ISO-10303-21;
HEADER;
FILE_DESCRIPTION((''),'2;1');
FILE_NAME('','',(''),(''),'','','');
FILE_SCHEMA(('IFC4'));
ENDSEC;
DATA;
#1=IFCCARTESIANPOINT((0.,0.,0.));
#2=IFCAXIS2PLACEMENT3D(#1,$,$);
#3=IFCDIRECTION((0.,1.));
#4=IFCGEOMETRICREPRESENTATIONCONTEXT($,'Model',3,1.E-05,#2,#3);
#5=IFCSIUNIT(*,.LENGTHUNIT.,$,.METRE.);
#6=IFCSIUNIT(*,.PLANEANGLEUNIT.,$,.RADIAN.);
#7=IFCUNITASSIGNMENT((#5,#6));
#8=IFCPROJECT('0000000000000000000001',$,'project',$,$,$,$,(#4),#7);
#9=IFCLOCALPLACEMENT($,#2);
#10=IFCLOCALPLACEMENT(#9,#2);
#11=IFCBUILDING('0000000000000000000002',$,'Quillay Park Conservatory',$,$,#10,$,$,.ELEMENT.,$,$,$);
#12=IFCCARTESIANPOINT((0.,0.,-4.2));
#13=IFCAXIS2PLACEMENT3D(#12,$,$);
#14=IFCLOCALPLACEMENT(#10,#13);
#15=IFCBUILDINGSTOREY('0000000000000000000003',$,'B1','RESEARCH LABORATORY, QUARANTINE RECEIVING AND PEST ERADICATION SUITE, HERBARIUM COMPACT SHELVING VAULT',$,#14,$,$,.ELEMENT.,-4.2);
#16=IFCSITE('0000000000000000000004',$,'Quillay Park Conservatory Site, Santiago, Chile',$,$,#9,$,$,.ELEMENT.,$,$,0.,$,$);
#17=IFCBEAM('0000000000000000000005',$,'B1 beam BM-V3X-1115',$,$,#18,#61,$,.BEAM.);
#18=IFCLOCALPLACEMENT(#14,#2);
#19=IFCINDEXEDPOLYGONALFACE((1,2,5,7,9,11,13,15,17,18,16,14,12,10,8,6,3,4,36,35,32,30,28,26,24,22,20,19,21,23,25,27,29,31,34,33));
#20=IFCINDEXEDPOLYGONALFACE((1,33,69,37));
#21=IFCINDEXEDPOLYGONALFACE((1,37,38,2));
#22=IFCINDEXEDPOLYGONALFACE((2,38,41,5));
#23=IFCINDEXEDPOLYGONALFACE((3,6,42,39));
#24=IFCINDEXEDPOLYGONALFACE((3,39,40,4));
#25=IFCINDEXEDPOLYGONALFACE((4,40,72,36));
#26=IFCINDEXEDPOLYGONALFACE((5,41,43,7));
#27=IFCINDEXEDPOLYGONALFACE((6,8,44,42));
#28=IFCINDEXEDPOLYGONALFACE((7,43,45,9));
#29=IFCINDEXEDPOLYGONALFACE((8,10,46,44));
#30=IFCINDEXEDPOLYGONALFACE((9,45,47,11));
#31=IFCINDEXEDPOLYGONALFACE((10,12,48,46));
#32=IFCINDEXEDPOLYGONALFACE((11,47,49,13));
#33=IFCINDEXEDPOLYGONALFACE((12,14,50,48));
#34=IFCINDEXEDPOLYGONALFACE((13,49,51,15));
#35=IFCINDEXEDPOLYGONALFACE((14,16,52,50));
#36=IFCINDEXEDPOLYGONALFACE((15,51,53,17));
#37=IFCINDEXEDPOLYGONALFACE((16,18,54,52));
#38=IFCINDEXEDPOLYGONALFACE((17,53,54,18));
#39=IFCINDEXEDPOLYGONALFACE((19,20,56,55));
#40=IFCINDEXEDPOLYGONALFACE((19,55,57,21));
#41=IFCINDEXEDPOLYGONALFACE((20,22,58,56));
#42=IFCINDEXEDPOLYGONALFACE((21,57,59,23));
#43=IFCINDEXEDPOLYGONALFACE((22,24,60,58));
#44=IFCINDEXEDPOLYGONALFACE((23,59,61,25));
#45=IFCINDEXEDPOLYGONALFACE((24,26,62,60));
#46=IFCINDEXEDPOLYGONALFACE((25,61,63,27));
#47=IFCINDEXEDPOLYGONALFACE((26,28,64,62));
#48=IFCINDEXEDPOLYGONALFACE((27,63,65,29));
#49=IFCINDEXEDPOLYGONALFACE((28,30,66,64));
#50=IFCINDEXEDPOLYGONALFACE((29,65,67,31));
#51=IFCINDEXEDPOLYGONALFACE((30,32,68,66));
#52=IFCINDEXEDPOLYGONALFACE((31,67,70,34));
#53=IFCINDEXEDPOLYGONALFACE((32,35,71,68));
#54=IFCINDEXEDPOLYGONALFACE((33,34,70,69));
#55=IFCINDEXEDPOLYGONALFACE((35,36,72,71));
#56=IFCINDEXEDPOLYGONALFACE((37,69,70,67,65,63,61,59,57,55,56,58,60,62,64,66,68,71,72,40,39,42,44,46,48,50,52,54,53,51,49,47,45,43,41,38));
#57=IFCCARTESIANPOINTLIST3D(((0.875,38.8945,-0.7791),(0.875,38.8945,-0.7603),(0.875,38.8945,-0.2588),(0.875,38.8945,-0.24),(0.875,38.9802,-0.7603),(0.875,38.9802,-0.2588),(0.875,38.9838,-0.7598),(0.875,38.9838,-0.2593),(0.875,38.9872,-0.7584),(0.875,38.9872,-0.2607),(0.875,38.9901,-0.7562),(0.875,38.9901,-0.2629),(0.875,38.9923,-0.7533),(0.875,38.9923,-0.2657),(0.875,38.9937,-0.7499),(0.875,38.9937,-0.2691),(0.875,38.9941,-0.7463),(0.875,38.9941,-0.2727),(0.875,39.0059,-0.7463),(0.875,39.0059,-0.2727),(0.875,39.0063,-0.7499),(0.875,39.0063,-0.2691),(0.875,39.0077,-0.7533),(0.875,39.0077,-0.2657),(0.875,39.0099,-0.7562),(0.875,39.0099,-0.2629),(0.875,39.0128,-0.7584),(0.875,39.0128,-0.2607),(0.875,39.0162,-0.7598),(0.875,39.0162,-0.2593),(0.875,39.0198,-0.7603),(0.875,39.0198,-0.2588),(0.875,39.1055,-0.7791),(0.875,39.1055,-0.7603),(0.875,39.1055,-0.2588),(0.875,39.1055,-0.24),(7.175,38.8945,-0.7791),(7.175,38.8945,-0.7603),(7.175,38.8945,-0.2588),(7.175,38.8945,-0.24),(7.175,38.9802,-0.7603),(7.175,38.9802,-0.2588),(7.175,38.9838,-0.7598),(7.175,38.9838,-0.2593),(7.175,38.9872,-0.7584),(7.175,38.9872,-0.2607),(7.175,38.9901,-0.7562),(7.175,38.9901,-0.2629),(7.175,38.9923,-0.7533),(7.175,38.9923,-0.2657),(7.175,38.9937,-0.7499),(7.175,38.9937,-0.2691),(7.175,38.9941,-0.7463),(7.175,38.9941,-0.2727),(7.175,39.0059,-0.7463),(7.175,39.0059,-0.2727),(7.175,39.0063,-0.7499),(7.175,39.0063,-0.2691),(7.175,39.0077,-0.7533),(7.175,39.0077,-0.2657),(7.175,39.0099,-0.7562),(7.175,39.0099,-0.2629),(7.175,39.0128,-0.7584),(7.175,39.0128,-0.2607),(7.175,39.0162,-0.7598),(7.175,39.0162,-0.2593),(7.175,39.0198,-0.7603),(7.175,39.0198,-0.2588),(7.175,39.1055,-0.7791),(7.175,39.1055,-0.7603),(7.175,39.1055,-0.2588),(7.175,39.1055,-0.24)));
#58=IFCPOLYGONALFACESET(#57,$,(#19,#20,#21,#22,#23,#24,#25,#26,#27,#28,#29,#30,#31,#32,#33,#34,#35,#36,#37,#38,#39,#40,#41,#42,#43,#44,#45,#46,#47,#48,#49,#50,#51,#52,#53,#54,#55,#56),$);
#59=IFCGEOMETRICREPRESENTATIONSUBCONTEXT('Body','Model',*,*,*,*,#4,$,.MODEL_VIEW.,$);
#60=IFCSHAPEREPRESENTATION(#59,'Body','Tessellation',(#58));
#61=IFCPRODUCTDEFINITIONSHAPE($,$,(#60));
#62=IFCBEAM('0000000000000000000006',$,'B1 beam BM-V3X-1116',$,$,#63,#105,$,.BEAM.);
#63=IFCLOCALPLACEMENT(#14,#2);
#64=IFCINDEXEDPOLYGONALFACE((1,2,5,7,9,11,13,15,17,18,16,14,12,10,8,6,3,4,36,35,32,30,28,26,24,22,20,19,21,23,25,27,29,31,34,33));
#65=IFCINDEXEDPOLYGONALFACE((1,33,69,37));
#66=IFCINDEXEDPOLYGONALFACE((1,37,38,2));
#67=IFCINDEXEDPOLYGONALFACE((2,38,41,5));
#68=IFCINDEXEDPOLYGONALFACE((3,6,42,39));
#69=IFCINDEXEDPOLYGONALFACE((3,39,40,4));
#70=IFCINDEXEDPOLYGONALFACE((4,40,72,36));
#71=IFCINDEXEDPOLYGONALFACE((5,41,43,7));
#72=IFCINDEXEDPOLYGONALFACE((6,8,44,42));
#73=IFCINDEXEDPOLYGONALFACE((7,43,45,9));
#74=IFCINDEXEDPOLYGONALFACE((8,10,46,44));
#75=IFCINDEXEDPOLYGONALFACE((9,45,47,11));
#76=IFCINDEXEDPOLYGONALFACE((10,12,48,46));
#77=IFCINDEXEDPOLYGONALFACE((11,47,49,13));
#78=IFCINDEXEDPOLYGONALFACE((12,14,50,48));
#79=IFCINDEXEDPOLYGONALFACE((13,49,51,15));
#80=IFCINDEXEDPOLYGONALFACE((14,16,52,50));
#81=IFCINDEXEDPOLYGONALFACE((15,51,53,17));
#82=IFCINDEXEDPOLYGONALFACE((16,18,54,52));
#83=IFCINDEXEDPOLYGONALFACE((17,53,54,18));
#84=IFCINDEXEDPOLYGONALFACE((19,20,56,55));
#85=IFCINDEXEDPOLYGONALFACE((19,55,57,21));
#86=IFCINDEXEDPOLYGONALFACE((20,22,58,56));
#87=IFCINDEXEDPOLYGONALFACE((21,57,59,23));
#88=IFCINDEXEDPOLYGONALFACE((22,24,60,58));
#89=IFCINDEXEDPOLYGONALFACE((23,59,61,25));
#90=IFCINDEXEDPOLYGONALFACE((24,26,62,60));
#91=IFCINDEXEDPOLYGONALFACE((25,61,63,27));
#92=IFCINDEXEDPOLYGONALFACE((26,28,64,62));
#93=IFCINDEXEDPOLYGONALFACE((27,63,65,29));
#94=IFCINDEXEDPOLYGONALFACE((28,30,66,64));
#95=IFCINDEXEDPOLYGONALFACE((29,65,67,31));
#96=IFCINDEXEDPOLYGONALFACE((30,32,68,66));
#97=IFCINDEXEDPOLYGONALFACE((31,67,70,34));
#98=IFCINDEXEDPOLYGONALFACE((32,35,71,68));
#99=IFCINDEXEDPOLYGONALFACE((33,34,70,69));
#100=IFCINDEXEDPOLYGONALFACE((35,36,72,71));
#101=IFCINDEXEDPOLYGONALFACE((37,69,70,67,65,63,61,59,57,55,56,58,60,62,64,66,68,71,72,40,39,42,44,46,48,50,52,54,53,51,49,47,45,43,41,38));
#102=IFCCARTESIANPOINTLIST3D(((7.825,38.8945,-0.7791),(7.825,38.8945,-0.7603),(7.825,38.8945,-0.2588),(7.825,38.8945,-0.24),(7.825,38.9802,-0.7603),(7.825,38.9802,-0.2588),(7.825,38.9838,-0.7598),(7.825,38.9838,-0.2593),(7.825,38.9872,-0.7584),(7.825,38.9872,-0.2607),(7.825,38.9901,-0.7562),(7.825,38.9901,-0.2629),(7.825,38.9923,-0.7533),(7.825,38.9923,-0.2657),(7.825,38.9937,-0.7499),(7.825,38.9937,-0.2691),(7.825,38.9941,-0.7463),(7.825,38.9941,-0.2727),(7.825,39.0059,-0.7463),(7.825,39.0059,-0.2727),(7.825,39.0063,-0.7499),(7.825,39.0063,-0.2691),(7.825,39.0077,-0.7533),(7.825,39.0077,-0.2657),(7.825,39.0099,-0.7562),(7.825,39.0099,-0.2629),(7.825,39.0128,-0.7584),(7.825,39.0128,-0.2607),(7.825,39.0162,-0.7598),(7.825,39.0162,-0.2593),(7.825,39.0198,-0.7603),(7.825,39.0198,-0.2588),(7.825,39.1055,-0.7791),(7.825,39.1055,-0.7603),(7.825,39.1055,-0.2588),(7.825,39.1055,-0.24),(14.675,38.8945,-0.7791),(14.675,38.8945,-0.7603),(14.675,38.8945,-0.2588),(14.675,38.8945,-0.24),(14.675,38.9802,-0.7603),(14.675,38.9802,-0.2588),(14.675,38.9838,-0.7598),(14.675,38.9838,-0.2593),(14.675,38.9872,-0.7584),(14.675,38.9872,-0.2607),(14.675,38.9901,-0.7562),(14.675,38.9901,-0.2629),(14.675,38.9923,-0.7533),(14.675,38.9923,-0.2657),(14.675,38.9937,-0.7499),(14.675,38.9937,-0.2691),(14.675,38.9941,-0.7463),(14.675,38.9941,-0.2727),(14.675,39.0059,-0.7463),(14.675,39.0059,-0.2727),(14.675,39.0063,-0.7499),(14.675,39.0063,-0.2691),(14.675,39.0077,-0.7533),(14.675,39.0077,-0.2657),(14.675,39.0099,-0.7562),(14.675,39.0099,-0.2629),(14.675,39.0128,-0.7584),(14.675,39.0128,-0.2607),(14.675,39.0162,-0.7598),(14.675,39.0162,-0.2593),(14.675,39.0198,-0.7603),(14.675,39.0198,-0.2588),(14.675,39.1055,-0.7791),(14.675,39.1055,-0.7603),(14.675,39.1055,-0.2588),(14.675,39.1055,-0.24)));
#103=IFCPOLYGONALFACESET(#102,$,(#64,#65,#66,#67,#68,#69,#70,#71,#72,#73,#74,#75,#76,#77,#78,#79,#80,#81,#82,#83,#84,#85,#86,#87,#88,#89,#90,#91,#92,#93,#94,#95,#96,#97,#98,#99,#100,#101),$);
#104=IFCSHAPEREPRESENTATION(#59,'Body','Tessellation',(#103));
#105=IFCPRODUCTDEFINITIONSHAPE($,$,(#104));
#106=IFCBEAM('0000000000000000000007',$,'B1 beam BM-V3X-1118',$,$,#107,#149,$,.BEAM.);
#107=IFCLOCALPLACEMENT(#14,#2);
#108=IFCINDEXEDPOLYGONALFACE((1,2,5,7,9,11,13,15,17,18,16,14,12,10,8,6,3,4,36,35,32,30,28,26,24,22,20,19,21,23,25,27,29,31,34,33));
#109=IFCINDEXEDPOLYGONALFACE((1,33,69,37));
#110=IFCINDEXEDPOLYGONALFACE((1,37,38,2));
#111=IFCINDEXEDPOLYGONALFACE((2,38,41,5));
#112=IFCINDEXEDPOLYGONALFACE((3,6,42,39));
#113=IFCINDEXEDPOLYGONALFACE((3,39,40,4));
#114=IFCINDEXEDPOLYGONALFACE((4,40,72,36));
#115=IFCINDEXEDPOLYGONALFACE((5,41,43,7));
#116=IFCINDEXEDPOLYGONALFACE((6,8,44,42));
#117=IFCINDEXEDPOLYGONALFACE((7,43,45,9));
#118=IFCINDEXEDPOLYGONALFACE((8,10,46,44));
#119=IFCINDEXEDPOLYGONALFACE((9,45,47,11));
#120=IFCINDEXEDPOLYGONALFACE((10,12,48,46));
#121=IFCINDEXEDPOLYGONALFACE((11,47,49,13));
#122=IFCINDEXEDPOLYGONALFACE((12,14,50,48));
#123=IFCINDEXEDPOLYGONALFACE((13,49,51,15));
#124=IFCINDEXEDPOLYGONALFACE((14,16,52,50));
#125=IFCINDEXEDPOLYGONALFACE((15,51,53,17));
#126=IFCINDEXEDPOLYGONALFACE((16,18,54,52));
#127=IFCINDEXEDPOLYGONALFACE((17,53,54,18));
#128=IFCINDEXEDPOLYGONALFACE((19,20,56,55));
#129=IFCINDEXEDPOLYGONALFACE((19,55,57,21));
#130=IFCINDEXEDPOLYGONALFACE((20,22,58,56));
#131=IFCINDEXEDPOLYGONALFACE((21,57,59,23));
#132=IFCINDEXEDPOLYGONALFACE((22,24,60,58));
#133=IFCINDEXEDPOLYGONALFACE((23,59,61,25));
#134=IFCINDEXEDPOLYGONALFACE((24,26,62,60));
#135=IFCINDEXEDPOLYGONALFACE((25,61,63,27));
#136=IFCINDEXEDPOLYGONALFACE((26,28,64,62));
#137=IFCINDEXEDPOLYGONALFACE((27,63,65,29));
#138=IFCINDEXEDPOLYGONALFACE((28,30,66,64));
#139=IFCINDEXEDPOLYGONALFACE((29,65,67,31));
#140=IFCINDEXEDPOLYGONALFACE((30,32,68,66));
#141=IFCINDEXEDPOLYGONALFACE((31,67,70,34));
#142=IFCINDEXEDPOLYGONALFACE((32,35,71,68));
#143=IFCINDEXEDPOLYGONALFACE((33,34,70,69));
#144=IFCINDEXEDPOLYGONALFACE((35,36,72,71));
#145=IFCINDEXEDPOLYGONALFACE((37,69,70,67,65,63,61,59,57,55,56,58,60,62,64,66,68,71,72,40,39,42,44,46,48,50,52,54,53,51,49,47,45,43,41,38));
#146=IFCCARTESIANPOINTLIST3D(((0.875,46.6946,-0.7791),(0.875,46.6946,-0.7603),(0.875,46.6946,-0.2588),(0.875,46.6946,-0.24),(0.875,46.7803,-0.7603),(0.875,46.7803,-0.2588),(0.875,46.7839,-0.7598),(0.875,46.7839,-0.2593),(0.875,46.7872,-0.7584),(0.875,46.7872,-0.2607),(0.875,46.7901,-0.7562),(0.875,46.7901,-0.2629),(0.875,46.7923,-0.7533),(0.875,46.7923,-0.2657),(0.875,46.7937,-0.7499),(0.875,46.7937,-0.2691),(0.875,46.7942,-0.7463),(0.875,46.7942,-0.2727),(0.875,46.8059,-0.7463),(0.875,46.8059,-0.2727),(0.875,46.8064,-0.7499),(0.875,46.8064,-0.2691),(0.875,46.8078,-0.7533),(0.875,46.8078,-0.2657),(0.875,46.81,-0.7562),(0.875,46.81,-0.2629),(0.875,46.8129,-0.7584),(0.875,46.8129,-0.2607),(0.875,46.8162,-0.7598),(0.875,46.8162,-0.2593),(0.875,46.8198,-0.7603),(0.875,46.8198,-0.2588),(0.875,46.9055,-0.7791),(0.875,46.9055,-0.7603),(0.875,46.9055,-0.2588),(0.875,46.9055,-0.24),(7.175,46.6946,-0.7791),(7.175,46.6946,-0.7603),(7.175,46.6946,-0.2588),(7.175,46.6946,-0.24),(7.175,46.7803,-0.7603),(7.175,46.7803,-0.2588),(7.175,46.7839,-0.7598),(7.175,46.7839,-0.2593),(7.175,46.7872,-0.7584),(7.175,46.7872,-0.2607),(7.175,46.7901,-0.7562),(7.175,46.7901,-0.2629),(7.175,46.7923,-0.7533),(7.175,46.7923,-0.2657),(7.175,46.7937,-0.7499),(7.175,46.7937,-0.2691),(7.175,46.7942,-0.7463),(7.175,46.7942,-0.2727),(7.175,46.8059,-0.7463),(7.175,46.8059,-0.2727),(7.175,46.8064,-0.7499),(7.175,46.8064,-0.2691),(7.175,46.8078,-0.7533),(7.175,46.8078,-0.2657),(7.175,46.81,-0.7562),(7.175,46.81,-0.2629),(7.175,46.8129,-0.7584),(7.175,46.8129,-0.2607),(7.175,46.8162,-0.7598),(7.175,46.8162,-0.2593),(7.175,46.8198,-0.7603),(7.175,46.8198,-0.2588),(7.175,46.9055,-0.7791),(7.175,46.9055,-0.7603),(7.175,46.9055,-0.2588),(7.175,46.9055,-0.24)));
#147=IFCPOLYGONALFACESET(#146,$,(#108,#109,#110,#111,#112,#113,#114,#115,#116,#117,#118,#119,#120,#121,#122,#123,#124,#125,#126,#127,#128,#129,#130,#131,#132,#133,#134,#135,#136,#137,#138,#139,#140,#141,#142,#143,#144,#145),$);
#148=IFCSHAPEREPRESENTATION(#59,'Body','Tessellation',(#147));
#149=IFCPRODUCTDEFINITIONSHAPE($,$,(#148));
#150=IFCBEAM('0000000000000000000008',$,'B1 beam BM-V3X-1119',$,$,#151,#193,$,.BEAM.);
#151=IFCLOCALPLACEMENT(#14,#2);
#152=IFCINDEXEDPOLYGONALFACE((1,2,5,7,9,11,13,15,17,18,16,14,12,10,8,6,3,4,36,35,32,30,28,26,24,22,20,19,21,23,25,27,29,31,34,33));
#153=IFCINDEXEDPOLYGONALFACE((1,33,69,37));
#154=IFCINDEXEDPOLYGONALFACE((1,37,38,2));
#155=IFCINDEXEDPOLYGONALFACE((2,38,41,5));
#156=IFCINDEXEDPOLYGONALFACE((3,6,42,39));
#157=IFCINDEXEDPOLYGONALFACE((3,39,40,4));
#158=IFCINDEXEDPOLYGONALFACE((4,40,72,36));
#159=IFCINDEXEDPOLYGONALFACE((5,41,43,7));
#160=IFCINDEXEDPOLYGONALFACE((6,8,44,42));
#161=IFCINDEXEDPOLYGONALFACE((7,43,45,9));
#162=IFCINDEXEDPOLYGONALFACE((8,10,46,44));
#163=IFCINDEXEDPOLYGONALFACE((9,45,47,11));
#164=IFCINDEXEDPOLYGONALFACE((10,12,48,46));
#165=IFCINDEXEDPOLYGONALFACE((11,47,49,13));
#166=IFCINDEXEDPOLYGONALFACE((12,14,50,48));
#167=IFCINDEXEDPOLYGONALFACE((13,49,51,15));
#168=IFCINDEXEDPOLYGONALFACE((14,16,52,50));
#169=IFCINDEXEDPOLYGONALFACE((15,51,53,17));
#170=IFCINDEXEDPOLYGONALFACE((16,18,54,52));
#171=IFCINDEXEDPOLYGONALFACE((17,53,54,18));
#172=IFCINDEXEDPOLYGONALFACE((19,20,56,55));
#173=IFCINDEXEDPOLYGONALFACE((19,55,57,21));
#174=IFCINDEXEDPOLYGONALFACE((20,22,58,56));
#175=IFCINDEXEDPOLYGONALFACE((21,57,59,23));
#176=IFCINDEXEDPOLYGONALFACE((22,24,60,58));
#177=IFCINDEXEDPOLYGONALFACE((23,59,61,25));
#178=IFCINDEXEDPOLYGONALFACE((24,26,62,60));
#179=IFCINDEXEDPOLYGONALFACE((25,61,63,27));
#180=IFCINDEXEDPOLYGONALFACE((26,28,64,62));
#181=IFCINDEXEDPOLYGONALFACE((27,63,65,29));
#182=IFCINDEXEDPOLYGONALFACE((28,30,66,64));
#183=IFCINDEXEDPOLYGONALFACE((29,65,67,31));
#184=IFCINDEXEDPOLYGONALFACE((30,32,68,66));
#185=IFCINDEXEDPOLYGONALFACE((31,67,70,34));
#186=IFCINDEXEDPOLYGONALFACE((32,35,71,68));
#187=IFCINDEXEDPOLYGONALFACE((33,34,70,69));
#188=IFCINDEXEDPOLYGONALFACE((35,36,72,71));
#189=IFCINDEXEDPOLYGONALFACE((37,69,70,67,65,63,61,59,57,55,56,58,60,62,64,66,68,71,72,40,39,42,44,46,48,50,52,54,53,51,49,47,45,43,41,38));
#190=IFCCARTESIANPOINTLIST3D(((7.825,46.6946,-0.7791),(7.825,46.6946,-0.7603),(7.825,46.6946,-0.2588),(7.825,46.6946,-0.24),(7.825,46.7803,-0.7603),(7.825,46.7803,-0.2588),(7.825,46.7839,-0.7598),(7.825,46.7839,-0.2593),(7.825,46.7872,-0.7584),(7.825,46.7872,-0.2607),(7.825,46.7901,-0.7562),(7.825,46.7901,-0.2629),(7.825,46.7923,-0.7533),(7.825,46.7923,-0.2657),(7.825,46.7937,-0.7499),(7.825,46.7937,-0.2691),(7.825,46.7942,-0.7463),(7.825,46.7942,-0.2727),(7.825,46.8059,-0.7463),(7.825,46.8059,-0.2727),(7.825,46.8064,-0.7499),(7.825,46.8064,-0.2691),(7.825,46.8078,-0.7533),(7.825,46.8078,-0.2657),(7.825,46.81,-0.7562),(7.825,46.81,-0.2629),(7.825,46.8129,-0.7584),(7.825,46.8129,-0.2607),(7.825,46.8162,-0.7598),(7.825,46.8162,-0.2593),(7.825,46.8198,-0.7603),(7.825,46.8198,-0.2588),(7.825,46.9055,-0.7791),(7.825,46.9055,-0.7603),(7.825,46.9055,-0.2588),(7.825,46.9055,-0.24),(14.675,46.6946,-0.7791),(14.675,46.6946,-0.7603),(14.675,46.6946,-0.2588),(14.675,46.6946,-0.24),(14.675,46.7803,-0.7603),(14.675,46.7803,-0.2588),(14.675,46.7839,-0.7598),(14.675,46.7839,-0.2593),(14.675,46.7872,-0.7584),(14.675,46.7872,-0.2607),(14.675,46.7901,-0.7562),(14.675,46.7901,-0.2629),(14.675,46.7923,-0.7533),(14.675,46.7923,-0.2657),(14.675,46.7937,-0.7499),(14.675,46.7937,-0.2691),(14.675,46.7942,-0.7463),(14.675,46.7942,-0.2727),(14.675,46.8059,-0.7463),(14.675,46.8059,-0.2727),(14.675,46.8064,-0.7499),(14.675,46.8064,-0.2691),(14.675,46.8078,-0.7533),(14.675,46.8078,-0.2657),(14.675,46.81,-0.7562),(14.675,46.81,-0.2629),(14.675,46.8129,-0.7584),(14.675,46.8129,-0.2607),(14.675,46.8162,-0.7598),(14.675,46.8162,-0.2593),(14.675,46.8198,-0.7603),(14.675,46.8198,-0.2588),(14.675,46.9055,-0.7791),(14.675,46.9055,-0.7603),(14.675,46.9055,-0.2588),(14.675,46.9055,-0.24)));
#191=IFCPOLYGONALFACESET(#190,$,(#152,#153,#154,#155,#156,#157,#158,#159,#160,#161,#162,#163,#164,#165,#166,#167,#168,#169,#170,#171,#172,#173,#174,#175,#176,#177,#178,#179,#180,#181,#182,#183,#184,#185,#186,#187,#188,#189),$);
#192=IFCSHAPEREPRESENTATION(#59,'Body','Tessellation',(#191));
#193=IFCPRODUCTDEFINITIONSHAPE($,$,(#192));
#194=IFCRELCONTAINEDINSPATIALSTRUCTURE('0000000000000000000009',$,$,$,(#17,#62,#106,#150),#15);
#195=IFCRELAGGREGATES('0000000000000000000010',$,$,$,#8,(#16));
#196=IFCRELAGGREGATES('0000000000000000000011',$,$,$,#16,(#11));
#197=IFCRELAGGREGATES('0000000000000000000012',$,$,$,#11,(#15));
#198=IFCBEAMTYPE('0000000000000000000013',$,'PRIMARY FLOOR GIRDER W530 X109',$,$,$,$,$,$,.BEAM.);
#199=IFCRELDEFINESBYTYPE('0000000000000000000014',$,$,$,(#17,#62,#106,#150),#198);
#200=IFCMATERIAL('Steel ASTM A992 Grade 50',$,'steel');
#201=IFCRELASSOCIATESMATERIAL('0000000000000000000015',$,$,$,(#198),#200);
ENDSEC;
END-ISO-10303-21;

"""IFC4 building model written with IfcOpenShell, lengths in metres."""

from ifc_helpers import new_model, si_unit, direction, frame, origin, origin_2d, place, context, subcontext, project, spatial, i_section, extrude, material, material_profile, profile_set, type_object, element, save


model = new_model("IFC4")

# Units and contexts
model_context = context("Model", 3, precision=1e-05, world=origin(), true_north=direction((0.0, 1.0)))
body_context = subcontext(model_context, "Body", "Model", "MODEL_VIEW")
ifc_project = project(units=[si_unit("LENGTHUNIT", "METRE"), si_unit("PLANEANGLEUNIT", "RADIAN")], contexts=[model_context])

# Site, building, storey
site_placement = place(None, origin())
site = spatial("IfcSite", under=ifc_project, at=site_placement, Name="Quillay Park Conservatory Site, Santiago, Chile", CompositionType="ELEMENT", RefElevation=0.0)
building_placement = place(site_placement, origin())
building = spatial("IfcBuilding", under=site, at=building_placement, Name="Quillay Park Conservatory", CompositionType="ELEMENT")
storey_placement = place(building_placement, frame((0.0, 0.0, -4.2)))
storey = spatial("IfcBuildingStorey", under=building, at=storey_placement, Name="B1", Description="RESEARCH LABORATORY, QUARANTINE RECEIVING AND PEST ERADICATION SUITE, HERBARIUM COMPACT SHELVING VAULT", CompositionType="ELEMENT", Elevation=-4.2)

# Beams
ifc_material_1 = material(Name="Steel ASTM A992 Grade 50", Category="steel")
ifc_material_profile_1 = material_profile(ifc_material_1, i_section(OverallWidth=0.2109, OverallDepth=0.5391, WebThickness=0.0117, FlangeThickness=0.0188, FilletRadius=0.0139, at=origin_2d()), Name="W530x109")
ifc_profile_set_1 = profile_set([ifc_material_profile_1], Name="Steel ASTM A992 Grade 50")
beam_type_1 = type_object("IfcBeamType", Name="PRIMARY FLOOR GIRDER W530 X109", PredefinedType="BEAM", material=ifc_profile_set_1)
beam_1_placement = place(storey_placement, frame((0.875, 39.0, -0.5095), z_axis=(1.0, 0.0, 0.0), x_axis=(0.0, 1.0, 0.0)))
element("IfcBeam", 1, at=beam_1_placement, inside=storey, type_object=beam_type_1, Name="B1 beam BM-V3X-1115", PredefinedType="BEAM", context=body_context, shape_type="SweptSolid", body=[
    extrude(i_section(OverallWidth=0.2109, OverallDepth=0.5391, WebThickness=0.0117, FlangeThickness=0.0188, FilletRadius=0.0139, at=origin_2d()), origin(), (0.0, 0.0, 1.0), 6.3),
])
beam_2_placement = place(storey_placement, frame((7.825, 39.0, -0.5095), z_axis=(1.0, 0.0, 0.0), x_axis=(0.0, 1.0, 0.0)))
element("IfcBeam", 2, at=beam_2_placement, inside=storey, type_object=beam_type_1, Name="B1 beam BM-V3X-1116", PredefinedType="BEAM", context=body_context, shape_type="SweptSolid", body=[
    extrude(i_section(OverallWidth=0.2109, OverallDepth=0.5391, WebThickness=0.0117, FlangeThickness=0.0188, FilletRadius=0.0139, at=origin_2d()), origin(), (0.0, 0.0, 1.0), 6.8501),
])
beam_3_placement = place(storey_placement, frame((0.875, 46.8, -0.5095), z_axis=(1.0, 0.0, 0.0), x_axis=(0.0, 1.0, 0.0)))
element("IfcBeam", 3, at=beam_3_placement, inside=storey, type_object=beam_type_1, Name="B1 beam BM-V3X-1118", PredefinedType="BEAM", context=body_context, shape_type="SweptSolid", body=[
    extrude(i_section(OverallWidth=0.2109, OverallDepth=0.5391, WebThickness=0.0117, FlangeThickness=0.0188, FilletRadius=0.0139, at=origin_2d()), origin(), (0.0, 0.0, 1.0), 6.3),
])
beam_4_placement = place(storey_placement, frame((7.825, 46.8, -0.5095), z_axis=(1.0, 0.0, 0.0), x_axis=(0.0, 1.0, 0.0)))
element("IfcBeam", 4, at=beam_4_placement, inside=storey, type_object=beam_type_1, Name="B1 beam BM-V3X-1119", PredefinedType="BEAM", context=body_context, shape_type="SweptSolid", body=[
    extrude(i_section(OverallWidth=0.2109, OverallDepth=0.5391, WebThickness=0.0117, FlangeThickness=0.0188, FilletRadius=0.0139, at=origin_2d()), origin(), (0.0, 0.0, 1.0), 6.8501),
])

save(model, "model.ifc")
